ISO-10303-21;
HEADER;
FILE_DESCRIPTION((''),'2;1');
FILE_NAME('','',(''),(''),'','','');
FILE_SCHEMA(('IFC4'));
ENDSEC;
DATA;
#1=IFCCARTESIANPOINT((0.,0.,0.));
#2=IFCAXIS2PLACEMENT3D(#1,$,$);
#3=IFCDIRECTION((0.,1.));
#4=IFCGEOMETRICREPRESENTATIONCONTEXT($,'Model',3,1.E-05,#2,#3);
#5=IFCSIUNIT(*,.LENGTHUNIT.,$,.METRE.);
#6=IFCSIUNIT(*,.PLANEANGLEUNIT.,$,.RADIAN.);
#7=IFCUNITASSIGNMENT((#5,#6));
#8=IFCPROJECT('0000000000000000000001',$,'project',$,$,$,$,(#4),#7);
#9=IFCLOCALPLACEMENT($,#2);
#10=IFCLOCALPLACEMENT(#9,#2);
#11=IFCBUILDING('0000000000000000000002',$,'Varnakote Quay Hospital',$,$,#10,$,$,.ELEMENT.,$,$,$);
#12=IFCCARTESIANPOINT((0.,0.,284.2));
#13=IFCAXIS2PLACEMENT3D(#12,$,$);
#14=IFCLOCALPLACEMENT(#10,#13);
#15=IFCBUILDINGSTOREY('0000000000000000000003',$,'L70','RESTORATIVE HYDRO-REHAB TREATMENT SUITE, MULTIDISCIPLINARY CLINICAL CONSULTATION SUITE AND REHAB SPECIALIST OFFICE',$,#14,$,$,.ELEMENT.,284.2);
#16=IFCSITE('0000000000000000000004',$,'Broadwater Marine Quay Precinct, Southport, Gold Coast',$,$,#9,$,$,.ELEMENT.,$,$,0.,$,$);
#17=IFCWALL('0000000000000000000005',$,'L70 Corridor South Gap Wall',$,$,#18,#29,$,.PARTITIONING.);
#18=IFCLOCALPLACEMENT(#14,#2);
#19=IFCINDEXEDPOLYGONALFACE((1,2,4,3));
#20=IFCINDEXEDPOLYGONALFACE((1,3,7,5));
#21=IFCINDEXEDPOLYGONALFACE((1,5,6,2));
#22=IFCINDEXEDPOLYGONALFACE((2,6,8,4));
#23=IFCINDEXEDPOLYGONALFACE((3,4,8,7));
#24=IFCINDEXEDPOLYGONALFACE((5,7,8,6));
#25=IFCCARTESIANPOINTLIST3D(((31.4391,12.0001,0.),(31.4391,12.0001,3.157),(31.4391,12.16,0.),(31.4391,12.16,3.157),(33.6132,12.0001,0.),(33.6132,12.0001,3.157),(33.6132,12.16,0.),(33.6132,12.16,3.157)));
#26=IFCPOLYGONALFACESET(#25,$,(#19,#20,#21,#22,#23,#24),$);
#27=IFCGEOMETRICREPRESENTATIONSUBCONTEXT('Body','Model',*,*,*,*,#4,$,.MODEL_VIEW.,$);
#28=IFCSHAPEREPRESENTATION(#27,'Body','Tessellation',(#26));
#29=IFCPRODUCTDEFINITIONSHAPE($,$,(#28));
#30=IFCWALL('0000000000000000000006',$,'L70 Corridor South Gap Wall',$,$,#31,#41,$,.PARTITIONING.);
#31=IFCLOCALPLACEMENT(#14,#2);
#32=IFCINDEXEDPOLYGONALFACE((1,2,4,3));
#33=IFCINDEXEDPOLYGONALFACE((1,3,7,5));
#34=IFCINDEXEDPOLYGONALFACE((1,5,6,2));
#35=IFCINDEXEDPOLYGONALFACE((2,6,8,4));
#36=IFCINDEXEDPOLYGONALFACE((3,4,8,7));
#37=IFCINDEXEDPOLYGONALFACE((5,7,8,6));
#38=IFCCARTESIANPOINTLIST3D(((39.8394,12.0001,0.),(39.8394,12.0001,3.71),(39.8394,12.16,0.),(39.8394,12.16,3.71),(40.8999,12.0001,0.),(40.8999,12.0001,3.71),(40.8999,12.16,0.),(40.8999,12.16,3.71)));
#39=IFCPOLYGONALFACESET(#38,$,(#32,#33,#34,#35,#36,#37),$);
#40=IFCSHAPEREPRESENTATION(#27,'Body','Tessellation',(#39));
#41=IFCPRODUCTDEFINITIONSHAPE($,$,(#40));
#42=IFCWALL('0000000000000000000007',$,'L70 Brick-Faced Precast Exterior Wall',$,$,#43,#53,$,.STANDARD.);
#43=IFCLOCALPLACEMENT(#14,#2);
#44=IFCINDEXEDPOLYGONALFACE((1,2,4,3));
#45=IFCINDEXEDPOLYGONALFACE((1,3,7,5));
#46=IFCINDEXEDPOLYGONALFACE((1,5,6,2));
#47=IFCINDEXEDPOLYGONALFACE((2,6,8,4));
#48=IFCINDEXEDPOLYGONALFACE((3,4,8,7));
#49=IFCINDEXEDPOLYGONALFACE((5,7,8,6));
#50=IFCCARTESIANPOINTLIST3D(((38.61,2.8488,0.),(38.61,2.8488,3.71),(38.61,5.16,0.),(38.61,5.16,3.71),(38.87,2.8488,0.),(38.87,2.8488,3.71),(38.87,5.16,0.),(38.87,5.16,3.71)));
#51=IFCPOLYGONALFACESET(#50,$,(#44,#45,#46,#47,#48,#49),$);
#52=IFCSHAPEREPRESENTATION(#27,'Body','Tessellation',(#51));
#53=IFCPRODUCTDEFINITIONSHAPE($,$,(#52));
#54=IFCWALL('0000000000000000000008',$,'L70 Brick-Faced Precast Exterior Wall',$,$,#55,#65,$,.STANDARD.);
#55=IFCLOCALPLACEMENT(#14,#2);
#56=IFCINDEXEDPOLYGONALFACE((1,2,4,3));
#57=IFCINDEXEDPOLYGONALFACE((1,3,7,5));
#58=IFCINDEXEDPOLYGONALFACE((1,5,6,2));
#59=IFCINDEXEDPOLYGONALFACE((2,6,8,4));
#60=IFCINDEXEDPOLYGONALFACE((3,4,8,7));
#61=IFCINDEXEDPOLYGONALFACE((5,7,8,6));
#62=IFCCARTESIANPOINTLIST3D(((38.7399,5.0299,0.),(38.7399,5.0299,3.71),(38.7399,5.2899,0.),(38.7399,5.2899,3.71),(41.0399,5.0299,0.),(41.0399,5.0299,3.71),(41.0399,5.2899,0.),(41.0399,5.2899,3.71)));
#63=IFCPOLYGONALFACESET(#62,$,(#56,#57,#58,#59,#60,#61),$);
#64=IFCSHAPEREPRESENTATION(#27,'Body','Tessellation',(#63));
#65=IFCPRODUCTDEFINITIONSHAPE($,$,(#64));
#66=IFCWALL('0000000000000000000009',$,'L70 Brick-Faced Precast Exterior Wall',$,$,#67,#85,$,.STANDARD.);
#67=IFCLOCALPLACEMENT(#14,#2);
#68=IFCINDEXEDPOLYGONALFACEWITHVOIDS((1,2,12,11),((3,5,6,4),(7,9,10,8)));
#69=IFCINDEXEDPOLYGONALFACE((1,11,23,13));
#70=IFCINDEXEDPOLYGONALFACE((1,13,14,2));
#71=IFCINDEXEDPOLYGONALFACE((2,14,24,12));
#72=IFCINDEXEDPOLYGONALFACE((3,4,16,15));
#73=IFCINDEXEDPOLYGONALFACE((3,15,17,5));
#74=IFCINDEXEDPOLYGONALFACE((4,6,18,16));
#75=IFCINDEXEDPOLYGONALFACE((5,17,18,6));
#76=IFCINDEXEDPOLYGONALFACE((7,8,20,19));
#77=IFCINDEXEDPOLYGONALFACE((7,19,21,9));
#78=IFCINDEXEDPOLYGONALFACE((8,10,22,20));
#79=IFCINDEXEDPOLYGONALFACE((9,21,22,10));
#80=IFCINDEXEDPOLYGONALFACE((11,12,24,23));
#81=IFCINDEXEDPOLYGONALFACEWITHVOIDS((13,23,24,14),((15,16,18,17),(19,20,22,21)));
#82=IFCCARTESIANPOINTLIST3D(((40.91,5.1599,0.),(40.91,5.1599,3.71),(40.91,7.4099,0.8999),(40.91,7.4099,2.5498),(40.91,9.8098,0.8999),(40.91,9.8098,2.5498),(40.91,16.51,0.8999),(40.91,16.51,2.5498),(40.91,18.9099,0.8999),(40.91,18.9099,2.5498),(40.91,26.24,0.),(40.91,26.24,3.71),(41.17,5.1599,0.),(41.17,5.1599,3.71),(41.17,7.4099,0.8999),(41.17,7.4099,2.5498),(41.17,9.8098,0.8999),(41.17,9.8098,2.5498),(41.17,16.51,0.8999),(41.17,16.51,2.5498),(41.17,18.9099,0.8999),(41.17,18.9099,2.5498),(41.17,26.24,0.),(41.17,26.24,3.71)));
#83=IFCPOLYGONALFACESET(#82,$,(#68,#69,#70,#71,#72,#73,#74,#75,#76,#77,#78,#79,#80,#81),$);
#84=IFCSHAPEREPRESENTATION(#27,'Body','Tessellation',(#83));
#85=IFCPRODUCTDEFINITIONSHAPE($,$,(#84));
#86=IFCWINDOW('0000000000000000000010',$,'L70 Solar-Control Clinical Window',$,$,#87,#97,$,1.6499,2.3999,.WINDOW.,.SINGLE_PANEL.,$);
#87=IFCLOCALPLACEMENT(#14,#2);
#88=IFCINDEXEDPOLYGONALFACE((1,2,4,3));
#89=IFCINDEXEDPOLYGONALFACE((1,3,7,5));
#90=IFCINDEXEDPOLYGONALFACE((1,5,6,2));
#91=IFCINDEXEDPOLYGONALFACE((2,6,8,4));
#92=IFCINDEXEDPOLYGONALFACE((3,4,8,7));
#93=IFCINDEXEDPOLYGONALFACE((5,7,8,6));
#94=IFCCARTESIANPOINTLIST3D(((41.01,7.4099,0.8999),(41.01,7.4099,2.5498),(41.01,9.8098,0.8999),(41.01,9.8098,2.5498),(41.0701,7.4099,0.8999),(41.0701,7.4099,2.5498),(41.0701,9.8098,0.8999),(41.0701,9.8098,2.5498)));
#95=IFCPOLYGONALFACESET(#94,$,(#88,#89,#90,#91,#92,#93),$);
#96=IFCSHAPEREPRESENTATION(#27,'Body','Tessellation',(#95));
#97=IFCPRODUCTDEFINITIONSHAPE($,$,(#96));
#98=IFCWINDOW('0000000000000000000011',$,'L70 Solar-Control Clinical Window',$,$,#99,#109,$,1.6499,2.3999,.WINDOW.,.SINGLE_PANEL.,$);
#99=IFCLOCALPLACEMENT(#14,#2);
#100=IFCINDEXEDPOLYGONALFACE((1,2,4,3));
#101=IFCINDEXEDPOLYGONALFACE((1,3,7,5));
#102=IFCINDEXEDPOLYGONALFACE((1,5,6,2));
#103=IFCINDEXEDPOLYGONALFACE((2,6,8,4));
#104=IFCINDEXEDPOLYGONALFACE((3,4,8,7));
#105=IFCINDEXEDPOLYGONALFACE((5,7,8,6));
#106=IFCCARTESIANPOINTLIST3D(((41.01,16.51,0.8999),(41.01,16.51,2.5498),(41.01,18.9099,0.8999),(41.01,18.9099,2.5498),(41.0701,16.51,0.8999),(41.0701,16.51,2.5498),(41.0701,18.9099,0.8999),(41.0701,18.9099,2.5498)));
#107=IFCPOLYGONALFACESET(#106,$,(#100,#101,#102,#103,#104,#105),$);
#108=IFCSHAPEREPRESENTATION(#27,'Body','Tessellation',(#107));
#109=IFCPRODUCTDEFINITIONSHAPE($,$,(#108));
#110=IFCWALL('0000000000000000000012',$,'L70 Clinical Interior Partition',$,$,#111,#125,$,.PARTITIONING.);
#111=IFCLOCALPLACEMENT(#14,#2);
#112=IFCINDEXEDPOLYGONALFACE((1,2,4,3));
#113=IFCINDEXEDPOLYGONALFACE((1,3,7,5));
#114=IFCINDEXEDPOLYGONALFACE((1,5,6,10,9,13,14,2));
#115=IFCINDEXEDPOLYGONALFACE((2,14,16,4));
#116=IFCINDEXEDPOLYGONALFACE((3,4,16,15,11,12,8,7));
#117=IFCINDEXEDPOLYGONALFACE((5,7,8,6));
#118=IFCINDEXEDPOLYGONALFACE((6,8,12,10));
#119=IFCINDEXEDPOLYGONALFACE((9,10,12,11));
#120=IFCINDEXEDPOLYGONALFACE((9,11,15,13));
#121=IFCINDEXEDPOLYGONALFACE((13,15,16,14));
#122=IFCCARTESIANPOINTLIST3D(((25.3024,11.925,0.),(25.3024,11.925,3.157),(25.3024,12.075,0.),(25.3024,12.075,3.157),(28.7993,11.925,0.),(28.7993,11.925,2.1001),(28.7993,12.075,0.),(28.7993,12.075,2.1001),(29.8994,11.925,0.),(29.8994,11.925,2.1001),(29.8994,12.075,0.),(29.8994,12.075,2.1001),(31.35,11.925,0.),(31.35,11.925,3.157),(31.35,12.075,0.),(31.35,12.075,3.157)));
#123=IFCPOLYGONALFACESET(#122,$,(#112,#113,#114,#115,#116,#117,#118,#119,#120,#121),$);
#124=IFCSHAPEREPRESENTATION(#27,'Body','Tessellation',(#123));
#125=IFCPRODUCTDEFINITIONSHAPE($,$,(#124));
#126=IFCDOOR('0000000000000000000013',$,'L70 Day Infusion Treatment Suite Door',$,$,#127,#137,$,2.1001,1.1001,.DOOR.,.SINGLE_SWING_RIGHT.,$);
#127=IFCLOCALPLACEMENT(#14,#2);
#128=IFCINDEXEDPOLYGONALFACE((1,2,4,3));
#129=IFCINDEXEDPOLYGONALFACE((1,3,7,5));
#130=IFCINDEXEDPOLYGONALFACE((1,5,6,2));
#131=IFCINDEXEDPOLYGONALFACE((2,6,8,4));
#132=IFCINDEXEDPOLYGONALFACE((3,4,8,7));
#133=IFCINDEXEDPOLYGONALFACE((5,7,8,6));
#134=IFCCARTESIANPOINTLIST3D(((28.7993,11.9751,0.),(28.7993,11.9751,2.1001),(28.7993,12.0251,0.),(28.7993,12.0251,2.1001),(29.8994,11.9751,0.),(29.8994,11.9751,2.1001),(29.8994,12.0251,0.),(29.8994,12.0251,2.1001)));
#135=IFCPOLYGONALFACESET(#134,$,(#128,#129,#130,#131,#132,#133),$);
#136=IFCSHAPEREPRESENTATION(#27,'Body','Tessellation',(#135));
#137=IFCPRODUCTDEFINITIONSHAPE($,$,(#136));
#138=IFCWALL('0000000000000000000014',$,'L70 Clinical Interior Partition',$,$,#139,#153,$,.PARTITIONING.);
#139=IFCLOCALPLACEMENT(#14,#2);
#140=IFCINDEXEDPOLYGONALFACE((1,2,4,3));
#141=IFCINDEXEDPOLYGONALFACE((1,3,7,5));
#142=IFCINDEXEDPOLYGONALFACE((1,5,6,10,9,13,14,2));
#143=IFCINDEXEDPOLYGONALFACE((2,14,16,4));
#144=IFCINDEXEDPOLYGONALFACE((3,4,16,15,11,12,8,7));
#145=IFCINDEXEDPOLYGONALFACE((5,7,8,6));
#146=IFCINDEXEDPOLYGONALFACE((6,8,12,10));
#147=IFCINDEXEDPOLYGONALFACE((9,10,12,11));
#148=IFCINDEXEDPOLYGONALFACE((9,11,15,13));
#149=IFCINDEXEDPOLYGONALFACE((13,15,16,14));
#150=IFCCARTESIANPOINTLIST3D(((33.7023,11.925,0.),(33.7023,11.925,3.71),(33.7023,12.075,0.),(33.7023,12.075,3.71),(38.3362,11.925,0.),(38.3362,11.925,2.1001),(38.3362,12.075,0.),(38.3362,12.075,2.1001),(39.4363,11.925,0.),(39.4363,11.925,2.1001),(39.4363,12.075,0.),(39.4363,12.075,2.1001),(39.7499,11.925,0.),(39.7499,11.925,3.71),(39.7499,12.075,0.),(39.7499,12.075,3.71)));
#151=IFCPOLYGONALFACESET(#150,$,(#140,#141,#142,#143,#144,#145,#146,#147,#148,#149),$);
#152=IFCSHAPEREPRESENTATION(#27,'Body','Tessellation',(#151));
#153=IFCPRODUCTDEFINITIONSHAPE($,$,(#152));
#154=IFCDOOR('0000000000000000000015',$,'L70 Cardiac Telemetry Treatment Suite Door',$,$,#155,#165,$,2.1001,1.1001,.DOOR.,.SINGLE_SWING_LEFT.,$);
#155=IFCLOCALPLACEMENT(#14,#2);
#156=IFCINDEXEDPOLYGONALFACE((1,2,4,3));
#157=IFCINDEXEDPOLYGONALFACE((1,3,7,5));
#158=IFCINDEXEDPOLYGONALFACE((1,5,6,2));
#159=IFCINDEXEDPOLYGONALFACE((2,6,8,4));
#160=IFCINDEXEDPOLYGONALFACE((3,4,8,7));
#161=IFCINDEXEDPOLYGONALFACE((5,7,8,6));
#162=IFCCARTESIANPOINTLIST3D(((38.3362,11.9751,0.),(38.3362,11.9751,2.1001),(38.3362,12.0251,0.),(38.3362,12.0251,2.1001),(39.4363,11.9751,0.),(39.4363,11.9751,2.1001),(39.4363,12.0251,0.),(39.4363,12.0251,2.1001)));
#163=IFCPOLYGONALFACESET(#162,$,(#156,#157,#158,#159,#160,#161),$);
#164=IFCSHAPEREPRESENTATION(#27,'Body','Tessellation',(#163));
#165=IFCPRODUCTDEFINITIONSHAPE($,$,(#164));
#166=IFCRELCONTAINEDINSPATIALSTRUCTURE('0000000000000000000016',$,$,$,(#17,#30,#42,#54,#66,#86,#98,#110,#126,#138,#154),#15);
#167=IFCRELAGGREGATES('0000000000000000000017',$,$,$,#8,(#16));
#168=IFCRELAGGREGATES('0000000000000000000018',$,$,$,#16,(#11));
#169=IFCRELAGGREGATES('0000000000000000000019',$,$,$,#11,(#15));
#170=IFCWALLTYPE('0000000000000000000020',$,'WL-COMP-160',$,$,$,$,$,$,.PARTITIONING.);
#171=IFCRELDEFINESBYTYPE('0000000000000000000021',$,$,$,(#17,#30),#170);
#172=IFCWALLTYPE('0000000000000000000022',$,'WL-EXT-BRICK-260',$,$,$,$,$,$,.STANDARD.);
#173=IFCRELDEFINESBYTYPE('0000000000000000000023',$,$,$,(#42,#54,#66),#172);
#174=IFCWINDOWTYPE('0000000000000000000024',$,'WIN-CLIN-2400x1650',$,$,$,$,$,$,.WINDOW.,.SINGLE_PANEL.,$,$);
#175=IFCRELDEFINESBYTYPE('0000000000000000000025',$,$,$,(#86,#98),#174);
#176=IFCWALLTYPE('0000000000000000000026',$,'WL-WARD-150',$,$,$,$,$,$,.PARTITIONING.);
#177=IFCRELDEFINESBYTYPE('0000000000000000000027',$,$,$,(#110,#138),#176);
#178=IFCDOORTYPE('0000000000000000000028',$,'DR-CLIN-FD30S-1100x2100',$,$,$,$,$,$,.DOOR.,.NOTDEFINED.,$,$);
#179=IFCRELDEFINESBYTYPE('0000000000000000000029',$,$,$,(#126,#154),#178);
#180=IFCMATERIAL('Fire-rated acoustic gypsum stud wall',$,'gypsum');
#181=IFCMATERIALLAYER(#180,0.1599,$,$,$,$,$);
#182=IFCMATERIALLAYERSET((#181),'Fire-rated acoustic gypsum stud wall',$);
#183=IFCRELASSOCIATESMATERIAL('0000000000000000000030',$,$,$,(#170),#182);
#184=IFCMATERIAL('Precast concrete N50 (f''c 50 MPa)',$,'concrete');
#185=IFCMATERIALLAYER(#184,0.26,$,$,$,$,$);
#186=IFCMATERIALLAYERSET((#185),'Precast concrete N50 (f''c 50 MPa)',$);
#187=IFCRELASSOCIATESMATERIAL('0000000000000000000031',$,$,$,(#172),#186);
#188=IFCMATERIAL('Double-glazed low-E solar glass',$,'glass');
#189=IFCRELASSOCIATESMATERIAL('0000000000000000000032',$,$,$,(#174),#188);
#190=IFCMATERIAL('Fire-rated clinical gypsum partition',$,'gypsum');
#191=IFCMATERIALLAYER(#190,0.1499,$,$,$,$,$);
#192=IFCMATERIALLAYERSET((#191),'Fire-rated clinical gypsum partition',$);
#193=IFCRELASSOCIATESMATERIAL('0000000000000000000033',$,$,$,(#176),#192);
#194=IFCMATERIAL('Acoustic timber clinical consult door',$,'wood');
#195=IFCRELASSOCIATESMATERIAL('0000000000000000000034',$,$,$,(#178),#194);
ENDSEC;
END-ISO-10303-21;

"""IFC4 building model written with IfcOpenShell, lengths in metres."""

from ifc_helpers import new_model, si_unit, direction, frame, frame_2d, origin, place, context, subcontext, project, spatial, rectangle, extrude, material, layer, layer_set, type_object, element, fill, save


model = new_model("IFC4")

# Units and contexts
model_context = context("Model", 3, precision=1e-05, world=origin(), true_north=direction((0.0, 1.0)))
body_context = subcontext(model_context, "Body", "Model", "MODEL_VIEW")
ifc_project = project(units=[si_unit("LENGTHUNIT", "METRE"), si_unit("PLANEANGLEUNIT", "RADIAN")], contexts=[model_context])

# Site, building, storey
site_placement = place(None, origin())
site = spatial("IfcSite", under=ifc_project, at=site_placement, Name="Broadwater Marine Quay Precinct, Southport, Gold Coast", CompositionType="ELEMENT", RefElevation=0.0)
building_placement = place(site_placement, origin())
building = spatial("IfcBuilding", under=site, at=building_placement, Name="Varnakote Quay Hospital", CompositionType="ELEMENT")
storey_placement = place(building_placement, frame((0.0, 0.0, 284.2)))
storey = spatial("IfcBuildingStorey", under=building, at=storey_placement, Name="L70", Description="RESTORATIVE HYDRO-REHAB TREATMENT SUITE, MULTIDISCIPLINARY CLINICAL CONSULTATION SUITE AND REHAB SPECIALIST OFFICE", CompositionType="ELEMENT", Elevation=284.2)

# Walls
ifc_material_1 = material(Name="Fire-rated acoustic gypsum stud wall", Category="gypsum")
ifc_layer_1 = layer(ifc_material_1, 0.1599)
ifc_layer_set_1 = layer_set([ifc_layer_1], Name="Fire-rated acoustic gypsum stud wall")
wall_type_1 = type_object("IfcWallType", Name="WL-COMP-160", PredefinedType="PARTITIONING", material=ifc_layer_set_1)
wall_1_placement = place(storey_placement, frame((31.4392, 12.0801, 0.0), z_axis=(0.0, 0.0, 1.0), x_axis=(1.0, 0.0, 0.0)))
element("IfcWall", 1, at=wall_1_placement, inside=storey, type_object=wall_type_1, Name="L70 Corridor South Gap Wall", PredefinedType="PARTITIONING", context=body_context, shape_type="SweptSolid", body=[
    extrude(rectangle(XDim=2.1741, YDim=0.1599, at=frame_2d((1.0869, 0.0))), origin(), (0.0, 0.0, 1.0), 3.157),
])
wall_2_placement = place(storey_placement, frame((39.8394, 12.0801, 0.0), z_axis=(0.0, 0.0, 1.0), x_axis=(1.0, 0.0, 0.0)))
element("IfcWall", 2, at=wall_2_placement, inside=storey, type_object=wall_type_1, Name="L70 Corridor South Gap Wall", PredefinedType="PARTITIONING", context=body_context, shape_type="SweptSolid", body=[
    extrude(rectangle(XDim=1.0605, YDim=0.1599, at=frame_2d((0.5303, 0.0))), origin(), (0.0, 0.0, 1.0), 3.71),
])
ifc_material_2 = material(Name="Precast concrete N50 (f'c 50 MPa)", Category="concrete")
ifc_layer_2 = layer(ifc_material_2, 0.26)
ifc_layer_set_2 = layer_set([ifc_layer_2], Name="Precast concrete N50 (f'c 50 MPa)")
wall_type_2 = type_object("IfcWallType", Name="WL-EXT-BRICK-260", PredefinedType="STANDARD", material=ifc_layer_set_2)
wall_3_placement = place(storey_placement, frame((38.74, 2.8486, 0.0), z_axis=(0.0, 0.0, 1.0), x_axis=(0.0, 1.0, 0.0)))
element("IfcWall", 3, at=wall_3_placement, inside=storey, type_object=wall_type_2, Name="L70 Brick-Faced Precast Exterior Wall", PredefinedType="STANDARD", context=body_context, shape_type="SweptSolid", body=[
    extrude(rectangle(XDim=2.3113, YDim=0.26, at=frame_2d((1.1558, 0.0))), origin(), (0.0, 0.0, 1.0), 3.71),
])
wall_4_placement = place(storey_placement, frame((38.74, 5.1599, 0.0), z_axis=(0.0, 0.0, 1.0), x_axis=(1.0, 0.0, 0.0)))
element("IfcWall", 4, at=wall_4_placement, inside=storey, type_object=wall_type_2, Name="L70 Brick-Faced Precast Exterior Wall", PredefinedType="STANDARD", context=body_context, shape_type="SweptSolid", body=[
    extrude(rectangle(XDim=2.3, YDim=0.26, at=frame_2d((1.1499, 0.0))), origin(), (0.0, 0.0, 1.0), 3.71),
])

# Wall, openings, windows
wall_5_placement = place(storey_placement, frame((41.04, 5.1599, 0.0), z_axis=(0.0, 0.0, 1.0), x_axis=(0.0, 1.0, 0.0)))
wall_5 = element("IfcWall", 5, at=wall_5_placement, inside=storey, type_object=wall_type_2, Name="L70 Brick-Faced Precast Exterior Wall", PredefinedType="STANDARD", context=body_context, shape_type="SweptSolid", body=[
    extrude(rectangle(XDim=21.0801, YDim=0.26, at=frame_2d((10.54, 0.0))), origin(), (0.0, 0.0, 1.0), 3.71),
])
opening_1_placement = place(wall_5_placement, frame((2.25, 0.0, 0.8999)))
opening_1 = element("IfcOpeningElement", 6, at=opening_1_placement, cuts=wall_5, PredefinedType="OPENING", context=body_context, shape_type="SweptSolid", body=[
    extrude(rectangle(XDim=2.3999, YDim=1.6499, at=frame_2d((1.2, 0.825))), frame((0.0, 0.1399, 0.0), z_axis=(0.0, -1.0, 0.0), x_axis=(1.0, 0.0, 0.0)), (0.0, 0.0, 1.0), 0.28),
])
opening_2_placement = place(wall_5_placement, frame((11.3501, 0.0, 0.8999)))
opening_2 = element("IfcOpeningElement", 7, at=opening_2_placement, cuts=wall_5, PredefinedType="OPENING", context=body_context, shape_type="SweptSolid", body=[
    extrude(rectangle(XDim=2.3999, YDim=1.6499, at=frame_2d((1.2, 0.825))), frame((0.0, 0.1399, 0.0), z_axis=(0.0, -1.0, 0.0), x_axis=(1.0, 0.0, 0.0)), (0.0, 0.0, 1.0), 0.28),
])
ifc_material_3 = material(Name="Double-glazed low-E solar glass", Category="glass")
window_type = type_object("IfcWindowType", Name="WIN-CLIN-2400x1650", PartitioningType="SINGLE_PANEL", PredefinedType="WINDOW", material=ifc_material_3)
window_1_placement = place(opening_1_placement, origin())
window_1 = element("IfcWindow", 8, at=window_1_placement, inside=storey, type_object=window_type, Name="L70 Solar-Control Clinical Window", OverallHeight=1.6499, OverallWidth=2.3999, PartitioningType="SINGLE_PANEL", PredefinedType="WINDOW", context=body_context, shape_type="SweptSolid", body=[
    extrude(rectangle(XDim=2.3999, YDim=1.6499, at=frame_2d((1.2, 0.825))), frame((0.0, 0.03, 0.0), z_axis=(0.0, -1.0, 0.0), x_axis=(1.0, 0.0, 0.0)), (0.0, 0.0, 1.0), 0.0601),
])
fill(opening_1, window_1)
window_2_placement = place(opening_2_placement, origin())
window_2 = element("IfcWindow", 9, at=window_2_placement, inside=storey, type_object=window_type, Name="L70 Solar-Control Clinical Window", OverallHeight=1.6499, OverallWidth=2.3999, PartitioningType="SINGLE_PANEL", PredefinedType="WINDOW", context=body_context, shape_type="SweptSolid", body=[
    extrude(rectangle(XDim=2.3999, YDim=1.6499, at=frame_2d((1.2, 0.825))), frame((0.0, 0.03, 0.0), z_axis=(0.0, -1.0, 0.0), x_axis=(1.0, 0.0, 0.0)), (0.0, 0.0, 1.0), 0.0601),
])
fill(opening_2, window_2)

# Walls, openings, doors
ifc_material_4 = material(Name="Fire-rated clinical gypsum partition", Category="gypsum")
ifc_layer_3 = layer(ifc_material_4, 0.1499)
ifc_layer_set_3 = layer_set([ifc_layer_3], Name="Fire-rated clinical gypsum partition")
wall_type_3 = type_object("IfcWallType", Name="WL-WARD-150", PredefinedType="PARTITIONING", material=ifc_layer_set_3)
wall_6_placement = place(storey_placement, frame((31.3501, 12.0, 0.0), z_axis=(0.0, 0.0, 1.0), x_axis=(-1.0, 0.0, 0.0)))
wall_6 = element("IfcWall", 10, at=wall_6_placement, inside=storey, type_object=wall_type_3, Name="L70 Clinical Interior Partition", PredefinedType="PARTITIONING", context=body_context, shape_type="SweptSolid", body=[
    extrude(rectangle(XDim=6.0476, YDim=0.1499, at=frame_2d((3.0239, 0.0))), origin(), (0.0, 0.0, 1.0), 3.157),
])
opening_3_placement = place(wall_6_placement, frame((1.4507, 0.0, 0.0)))
opening_3 = element("IfcOpeningElement", 11, at=opening_3_placement, cuts=wall_6, PredefinedType="OPENING", context=body_context, shape_type="SweptSolid", body=[
    extrude(rectangle(XDim=1.1001, YDim=2.1001, at=frame_2d((0.55, 1.05))), frame((0.0, 0.085, 0.0), z_axis=(0.0, -1.0, 0.0), x_axis=(1.0, 0.0, 0.0)), (0.0, 0.0, 1.0), 0.1699),
])
ifc_material_5 = material(Name="Acoustic timber clinical consult door", Category="wood")
door_type_1 = type_object("IfcDoorType", Name="DR-CLIN-FD30S-1100x2100", OperationType="NOTDEFINED", PredefinedType="DOOR", material=ifc_material_5)
door_1_placement = place(opening_3_placement, origin())
door_1 = element("IfcDoor", 12, at=door_1_placement, inside=storey, type_object=door_type_1, Name="L70 Day Infusion Treatment Suite Door", OperationType="SINGLE_SWING_RIGHT", OverallHeight=2.1001, OverallWidth=1.1001, PredefinedType="DOOR", context=body_context, shape_type="SweptSolid", body=[
    extrude(rectangle(XDim=1.1001, YDim=2.1001, at=frame_2d((0.55, 1.05))), frame((0.0, 0.0249, 0.0), z_axis=(0.0, -1.0, 0.0), x_axis=(1.0, 0.0, 0.0)), (0.0, 0.0, 1.0), 0.05),
])
fill(opening_3, door_1)
wall_7_placement = place(storey_placement, frame((39.75, 12.0, 0.0), z_axis=(0.0, 0.0, 1.0), x_axis=(-1.0, 0.0, 0.0)))
wall_7 = element("IfcWall", 13, at=wall_7_placement, inside=storey, type_object=wall_type_3, Name="L70 Clinical Interior Partition", PredefinedType="PARTITIONING", context=body_context, shape_type="SweptSolid", body=[
    extrude(rectangle(XDim=6.0476, YDim=0.1499, at=frame_2d((3.0239, 0.0))), origin(), (0.0, 0.0, 1.0), 3.71),
])
opening_4_placement = place(wall_7_placement, frame((0.3137, 0.0, 0.0)))
opening_4 = element("IfcOpeningElement", 14, at=opening_4_placement, cuts=wall_7, PredefinedType="OPENING", context=body_context, shape_type="SweptSolid", body=[
    extrude(rectangle(XDim=1.1001, YDim=2.1001, at=frame_2d((0.55, 1.05))), frame((0.0, 0.085, 0.0), z_axis=(0.0, -1.0, 0.0), x_axis=(1.0, 0.0, 0.0)), (0.0, 0.0, 1.0), 0.1699),
])
door_2_placement = place(opening_4_placement, origin())
door_2 = element("IfcDoor", 15, at=door_2_placement, inside=storey, type_object=door_type_1, Name="L70 Cardiac Telemetry Treatment Suite Door", OperationType="SINGLE_SWING_LEFT", OverallHeight=2.1001, OverallWidth=1.1001, PredefinedType="DOOR", context=body_context, shape_type="SweptSolid", body=[
    extrude(rectangle(XDim=1.1001, YDim=2.1001, at=frame_2d((0.55, 1.05))), frame((0.0, 0.0249, 0.0), z_axis=(0.0, -1.0, 0.0), x_axis=(1.0, 0.0, 0.0)), (0.0, 0.0, 1.0), 0.05),
])
fill(opening_4, door_2)

save(model, "model.ifc")
